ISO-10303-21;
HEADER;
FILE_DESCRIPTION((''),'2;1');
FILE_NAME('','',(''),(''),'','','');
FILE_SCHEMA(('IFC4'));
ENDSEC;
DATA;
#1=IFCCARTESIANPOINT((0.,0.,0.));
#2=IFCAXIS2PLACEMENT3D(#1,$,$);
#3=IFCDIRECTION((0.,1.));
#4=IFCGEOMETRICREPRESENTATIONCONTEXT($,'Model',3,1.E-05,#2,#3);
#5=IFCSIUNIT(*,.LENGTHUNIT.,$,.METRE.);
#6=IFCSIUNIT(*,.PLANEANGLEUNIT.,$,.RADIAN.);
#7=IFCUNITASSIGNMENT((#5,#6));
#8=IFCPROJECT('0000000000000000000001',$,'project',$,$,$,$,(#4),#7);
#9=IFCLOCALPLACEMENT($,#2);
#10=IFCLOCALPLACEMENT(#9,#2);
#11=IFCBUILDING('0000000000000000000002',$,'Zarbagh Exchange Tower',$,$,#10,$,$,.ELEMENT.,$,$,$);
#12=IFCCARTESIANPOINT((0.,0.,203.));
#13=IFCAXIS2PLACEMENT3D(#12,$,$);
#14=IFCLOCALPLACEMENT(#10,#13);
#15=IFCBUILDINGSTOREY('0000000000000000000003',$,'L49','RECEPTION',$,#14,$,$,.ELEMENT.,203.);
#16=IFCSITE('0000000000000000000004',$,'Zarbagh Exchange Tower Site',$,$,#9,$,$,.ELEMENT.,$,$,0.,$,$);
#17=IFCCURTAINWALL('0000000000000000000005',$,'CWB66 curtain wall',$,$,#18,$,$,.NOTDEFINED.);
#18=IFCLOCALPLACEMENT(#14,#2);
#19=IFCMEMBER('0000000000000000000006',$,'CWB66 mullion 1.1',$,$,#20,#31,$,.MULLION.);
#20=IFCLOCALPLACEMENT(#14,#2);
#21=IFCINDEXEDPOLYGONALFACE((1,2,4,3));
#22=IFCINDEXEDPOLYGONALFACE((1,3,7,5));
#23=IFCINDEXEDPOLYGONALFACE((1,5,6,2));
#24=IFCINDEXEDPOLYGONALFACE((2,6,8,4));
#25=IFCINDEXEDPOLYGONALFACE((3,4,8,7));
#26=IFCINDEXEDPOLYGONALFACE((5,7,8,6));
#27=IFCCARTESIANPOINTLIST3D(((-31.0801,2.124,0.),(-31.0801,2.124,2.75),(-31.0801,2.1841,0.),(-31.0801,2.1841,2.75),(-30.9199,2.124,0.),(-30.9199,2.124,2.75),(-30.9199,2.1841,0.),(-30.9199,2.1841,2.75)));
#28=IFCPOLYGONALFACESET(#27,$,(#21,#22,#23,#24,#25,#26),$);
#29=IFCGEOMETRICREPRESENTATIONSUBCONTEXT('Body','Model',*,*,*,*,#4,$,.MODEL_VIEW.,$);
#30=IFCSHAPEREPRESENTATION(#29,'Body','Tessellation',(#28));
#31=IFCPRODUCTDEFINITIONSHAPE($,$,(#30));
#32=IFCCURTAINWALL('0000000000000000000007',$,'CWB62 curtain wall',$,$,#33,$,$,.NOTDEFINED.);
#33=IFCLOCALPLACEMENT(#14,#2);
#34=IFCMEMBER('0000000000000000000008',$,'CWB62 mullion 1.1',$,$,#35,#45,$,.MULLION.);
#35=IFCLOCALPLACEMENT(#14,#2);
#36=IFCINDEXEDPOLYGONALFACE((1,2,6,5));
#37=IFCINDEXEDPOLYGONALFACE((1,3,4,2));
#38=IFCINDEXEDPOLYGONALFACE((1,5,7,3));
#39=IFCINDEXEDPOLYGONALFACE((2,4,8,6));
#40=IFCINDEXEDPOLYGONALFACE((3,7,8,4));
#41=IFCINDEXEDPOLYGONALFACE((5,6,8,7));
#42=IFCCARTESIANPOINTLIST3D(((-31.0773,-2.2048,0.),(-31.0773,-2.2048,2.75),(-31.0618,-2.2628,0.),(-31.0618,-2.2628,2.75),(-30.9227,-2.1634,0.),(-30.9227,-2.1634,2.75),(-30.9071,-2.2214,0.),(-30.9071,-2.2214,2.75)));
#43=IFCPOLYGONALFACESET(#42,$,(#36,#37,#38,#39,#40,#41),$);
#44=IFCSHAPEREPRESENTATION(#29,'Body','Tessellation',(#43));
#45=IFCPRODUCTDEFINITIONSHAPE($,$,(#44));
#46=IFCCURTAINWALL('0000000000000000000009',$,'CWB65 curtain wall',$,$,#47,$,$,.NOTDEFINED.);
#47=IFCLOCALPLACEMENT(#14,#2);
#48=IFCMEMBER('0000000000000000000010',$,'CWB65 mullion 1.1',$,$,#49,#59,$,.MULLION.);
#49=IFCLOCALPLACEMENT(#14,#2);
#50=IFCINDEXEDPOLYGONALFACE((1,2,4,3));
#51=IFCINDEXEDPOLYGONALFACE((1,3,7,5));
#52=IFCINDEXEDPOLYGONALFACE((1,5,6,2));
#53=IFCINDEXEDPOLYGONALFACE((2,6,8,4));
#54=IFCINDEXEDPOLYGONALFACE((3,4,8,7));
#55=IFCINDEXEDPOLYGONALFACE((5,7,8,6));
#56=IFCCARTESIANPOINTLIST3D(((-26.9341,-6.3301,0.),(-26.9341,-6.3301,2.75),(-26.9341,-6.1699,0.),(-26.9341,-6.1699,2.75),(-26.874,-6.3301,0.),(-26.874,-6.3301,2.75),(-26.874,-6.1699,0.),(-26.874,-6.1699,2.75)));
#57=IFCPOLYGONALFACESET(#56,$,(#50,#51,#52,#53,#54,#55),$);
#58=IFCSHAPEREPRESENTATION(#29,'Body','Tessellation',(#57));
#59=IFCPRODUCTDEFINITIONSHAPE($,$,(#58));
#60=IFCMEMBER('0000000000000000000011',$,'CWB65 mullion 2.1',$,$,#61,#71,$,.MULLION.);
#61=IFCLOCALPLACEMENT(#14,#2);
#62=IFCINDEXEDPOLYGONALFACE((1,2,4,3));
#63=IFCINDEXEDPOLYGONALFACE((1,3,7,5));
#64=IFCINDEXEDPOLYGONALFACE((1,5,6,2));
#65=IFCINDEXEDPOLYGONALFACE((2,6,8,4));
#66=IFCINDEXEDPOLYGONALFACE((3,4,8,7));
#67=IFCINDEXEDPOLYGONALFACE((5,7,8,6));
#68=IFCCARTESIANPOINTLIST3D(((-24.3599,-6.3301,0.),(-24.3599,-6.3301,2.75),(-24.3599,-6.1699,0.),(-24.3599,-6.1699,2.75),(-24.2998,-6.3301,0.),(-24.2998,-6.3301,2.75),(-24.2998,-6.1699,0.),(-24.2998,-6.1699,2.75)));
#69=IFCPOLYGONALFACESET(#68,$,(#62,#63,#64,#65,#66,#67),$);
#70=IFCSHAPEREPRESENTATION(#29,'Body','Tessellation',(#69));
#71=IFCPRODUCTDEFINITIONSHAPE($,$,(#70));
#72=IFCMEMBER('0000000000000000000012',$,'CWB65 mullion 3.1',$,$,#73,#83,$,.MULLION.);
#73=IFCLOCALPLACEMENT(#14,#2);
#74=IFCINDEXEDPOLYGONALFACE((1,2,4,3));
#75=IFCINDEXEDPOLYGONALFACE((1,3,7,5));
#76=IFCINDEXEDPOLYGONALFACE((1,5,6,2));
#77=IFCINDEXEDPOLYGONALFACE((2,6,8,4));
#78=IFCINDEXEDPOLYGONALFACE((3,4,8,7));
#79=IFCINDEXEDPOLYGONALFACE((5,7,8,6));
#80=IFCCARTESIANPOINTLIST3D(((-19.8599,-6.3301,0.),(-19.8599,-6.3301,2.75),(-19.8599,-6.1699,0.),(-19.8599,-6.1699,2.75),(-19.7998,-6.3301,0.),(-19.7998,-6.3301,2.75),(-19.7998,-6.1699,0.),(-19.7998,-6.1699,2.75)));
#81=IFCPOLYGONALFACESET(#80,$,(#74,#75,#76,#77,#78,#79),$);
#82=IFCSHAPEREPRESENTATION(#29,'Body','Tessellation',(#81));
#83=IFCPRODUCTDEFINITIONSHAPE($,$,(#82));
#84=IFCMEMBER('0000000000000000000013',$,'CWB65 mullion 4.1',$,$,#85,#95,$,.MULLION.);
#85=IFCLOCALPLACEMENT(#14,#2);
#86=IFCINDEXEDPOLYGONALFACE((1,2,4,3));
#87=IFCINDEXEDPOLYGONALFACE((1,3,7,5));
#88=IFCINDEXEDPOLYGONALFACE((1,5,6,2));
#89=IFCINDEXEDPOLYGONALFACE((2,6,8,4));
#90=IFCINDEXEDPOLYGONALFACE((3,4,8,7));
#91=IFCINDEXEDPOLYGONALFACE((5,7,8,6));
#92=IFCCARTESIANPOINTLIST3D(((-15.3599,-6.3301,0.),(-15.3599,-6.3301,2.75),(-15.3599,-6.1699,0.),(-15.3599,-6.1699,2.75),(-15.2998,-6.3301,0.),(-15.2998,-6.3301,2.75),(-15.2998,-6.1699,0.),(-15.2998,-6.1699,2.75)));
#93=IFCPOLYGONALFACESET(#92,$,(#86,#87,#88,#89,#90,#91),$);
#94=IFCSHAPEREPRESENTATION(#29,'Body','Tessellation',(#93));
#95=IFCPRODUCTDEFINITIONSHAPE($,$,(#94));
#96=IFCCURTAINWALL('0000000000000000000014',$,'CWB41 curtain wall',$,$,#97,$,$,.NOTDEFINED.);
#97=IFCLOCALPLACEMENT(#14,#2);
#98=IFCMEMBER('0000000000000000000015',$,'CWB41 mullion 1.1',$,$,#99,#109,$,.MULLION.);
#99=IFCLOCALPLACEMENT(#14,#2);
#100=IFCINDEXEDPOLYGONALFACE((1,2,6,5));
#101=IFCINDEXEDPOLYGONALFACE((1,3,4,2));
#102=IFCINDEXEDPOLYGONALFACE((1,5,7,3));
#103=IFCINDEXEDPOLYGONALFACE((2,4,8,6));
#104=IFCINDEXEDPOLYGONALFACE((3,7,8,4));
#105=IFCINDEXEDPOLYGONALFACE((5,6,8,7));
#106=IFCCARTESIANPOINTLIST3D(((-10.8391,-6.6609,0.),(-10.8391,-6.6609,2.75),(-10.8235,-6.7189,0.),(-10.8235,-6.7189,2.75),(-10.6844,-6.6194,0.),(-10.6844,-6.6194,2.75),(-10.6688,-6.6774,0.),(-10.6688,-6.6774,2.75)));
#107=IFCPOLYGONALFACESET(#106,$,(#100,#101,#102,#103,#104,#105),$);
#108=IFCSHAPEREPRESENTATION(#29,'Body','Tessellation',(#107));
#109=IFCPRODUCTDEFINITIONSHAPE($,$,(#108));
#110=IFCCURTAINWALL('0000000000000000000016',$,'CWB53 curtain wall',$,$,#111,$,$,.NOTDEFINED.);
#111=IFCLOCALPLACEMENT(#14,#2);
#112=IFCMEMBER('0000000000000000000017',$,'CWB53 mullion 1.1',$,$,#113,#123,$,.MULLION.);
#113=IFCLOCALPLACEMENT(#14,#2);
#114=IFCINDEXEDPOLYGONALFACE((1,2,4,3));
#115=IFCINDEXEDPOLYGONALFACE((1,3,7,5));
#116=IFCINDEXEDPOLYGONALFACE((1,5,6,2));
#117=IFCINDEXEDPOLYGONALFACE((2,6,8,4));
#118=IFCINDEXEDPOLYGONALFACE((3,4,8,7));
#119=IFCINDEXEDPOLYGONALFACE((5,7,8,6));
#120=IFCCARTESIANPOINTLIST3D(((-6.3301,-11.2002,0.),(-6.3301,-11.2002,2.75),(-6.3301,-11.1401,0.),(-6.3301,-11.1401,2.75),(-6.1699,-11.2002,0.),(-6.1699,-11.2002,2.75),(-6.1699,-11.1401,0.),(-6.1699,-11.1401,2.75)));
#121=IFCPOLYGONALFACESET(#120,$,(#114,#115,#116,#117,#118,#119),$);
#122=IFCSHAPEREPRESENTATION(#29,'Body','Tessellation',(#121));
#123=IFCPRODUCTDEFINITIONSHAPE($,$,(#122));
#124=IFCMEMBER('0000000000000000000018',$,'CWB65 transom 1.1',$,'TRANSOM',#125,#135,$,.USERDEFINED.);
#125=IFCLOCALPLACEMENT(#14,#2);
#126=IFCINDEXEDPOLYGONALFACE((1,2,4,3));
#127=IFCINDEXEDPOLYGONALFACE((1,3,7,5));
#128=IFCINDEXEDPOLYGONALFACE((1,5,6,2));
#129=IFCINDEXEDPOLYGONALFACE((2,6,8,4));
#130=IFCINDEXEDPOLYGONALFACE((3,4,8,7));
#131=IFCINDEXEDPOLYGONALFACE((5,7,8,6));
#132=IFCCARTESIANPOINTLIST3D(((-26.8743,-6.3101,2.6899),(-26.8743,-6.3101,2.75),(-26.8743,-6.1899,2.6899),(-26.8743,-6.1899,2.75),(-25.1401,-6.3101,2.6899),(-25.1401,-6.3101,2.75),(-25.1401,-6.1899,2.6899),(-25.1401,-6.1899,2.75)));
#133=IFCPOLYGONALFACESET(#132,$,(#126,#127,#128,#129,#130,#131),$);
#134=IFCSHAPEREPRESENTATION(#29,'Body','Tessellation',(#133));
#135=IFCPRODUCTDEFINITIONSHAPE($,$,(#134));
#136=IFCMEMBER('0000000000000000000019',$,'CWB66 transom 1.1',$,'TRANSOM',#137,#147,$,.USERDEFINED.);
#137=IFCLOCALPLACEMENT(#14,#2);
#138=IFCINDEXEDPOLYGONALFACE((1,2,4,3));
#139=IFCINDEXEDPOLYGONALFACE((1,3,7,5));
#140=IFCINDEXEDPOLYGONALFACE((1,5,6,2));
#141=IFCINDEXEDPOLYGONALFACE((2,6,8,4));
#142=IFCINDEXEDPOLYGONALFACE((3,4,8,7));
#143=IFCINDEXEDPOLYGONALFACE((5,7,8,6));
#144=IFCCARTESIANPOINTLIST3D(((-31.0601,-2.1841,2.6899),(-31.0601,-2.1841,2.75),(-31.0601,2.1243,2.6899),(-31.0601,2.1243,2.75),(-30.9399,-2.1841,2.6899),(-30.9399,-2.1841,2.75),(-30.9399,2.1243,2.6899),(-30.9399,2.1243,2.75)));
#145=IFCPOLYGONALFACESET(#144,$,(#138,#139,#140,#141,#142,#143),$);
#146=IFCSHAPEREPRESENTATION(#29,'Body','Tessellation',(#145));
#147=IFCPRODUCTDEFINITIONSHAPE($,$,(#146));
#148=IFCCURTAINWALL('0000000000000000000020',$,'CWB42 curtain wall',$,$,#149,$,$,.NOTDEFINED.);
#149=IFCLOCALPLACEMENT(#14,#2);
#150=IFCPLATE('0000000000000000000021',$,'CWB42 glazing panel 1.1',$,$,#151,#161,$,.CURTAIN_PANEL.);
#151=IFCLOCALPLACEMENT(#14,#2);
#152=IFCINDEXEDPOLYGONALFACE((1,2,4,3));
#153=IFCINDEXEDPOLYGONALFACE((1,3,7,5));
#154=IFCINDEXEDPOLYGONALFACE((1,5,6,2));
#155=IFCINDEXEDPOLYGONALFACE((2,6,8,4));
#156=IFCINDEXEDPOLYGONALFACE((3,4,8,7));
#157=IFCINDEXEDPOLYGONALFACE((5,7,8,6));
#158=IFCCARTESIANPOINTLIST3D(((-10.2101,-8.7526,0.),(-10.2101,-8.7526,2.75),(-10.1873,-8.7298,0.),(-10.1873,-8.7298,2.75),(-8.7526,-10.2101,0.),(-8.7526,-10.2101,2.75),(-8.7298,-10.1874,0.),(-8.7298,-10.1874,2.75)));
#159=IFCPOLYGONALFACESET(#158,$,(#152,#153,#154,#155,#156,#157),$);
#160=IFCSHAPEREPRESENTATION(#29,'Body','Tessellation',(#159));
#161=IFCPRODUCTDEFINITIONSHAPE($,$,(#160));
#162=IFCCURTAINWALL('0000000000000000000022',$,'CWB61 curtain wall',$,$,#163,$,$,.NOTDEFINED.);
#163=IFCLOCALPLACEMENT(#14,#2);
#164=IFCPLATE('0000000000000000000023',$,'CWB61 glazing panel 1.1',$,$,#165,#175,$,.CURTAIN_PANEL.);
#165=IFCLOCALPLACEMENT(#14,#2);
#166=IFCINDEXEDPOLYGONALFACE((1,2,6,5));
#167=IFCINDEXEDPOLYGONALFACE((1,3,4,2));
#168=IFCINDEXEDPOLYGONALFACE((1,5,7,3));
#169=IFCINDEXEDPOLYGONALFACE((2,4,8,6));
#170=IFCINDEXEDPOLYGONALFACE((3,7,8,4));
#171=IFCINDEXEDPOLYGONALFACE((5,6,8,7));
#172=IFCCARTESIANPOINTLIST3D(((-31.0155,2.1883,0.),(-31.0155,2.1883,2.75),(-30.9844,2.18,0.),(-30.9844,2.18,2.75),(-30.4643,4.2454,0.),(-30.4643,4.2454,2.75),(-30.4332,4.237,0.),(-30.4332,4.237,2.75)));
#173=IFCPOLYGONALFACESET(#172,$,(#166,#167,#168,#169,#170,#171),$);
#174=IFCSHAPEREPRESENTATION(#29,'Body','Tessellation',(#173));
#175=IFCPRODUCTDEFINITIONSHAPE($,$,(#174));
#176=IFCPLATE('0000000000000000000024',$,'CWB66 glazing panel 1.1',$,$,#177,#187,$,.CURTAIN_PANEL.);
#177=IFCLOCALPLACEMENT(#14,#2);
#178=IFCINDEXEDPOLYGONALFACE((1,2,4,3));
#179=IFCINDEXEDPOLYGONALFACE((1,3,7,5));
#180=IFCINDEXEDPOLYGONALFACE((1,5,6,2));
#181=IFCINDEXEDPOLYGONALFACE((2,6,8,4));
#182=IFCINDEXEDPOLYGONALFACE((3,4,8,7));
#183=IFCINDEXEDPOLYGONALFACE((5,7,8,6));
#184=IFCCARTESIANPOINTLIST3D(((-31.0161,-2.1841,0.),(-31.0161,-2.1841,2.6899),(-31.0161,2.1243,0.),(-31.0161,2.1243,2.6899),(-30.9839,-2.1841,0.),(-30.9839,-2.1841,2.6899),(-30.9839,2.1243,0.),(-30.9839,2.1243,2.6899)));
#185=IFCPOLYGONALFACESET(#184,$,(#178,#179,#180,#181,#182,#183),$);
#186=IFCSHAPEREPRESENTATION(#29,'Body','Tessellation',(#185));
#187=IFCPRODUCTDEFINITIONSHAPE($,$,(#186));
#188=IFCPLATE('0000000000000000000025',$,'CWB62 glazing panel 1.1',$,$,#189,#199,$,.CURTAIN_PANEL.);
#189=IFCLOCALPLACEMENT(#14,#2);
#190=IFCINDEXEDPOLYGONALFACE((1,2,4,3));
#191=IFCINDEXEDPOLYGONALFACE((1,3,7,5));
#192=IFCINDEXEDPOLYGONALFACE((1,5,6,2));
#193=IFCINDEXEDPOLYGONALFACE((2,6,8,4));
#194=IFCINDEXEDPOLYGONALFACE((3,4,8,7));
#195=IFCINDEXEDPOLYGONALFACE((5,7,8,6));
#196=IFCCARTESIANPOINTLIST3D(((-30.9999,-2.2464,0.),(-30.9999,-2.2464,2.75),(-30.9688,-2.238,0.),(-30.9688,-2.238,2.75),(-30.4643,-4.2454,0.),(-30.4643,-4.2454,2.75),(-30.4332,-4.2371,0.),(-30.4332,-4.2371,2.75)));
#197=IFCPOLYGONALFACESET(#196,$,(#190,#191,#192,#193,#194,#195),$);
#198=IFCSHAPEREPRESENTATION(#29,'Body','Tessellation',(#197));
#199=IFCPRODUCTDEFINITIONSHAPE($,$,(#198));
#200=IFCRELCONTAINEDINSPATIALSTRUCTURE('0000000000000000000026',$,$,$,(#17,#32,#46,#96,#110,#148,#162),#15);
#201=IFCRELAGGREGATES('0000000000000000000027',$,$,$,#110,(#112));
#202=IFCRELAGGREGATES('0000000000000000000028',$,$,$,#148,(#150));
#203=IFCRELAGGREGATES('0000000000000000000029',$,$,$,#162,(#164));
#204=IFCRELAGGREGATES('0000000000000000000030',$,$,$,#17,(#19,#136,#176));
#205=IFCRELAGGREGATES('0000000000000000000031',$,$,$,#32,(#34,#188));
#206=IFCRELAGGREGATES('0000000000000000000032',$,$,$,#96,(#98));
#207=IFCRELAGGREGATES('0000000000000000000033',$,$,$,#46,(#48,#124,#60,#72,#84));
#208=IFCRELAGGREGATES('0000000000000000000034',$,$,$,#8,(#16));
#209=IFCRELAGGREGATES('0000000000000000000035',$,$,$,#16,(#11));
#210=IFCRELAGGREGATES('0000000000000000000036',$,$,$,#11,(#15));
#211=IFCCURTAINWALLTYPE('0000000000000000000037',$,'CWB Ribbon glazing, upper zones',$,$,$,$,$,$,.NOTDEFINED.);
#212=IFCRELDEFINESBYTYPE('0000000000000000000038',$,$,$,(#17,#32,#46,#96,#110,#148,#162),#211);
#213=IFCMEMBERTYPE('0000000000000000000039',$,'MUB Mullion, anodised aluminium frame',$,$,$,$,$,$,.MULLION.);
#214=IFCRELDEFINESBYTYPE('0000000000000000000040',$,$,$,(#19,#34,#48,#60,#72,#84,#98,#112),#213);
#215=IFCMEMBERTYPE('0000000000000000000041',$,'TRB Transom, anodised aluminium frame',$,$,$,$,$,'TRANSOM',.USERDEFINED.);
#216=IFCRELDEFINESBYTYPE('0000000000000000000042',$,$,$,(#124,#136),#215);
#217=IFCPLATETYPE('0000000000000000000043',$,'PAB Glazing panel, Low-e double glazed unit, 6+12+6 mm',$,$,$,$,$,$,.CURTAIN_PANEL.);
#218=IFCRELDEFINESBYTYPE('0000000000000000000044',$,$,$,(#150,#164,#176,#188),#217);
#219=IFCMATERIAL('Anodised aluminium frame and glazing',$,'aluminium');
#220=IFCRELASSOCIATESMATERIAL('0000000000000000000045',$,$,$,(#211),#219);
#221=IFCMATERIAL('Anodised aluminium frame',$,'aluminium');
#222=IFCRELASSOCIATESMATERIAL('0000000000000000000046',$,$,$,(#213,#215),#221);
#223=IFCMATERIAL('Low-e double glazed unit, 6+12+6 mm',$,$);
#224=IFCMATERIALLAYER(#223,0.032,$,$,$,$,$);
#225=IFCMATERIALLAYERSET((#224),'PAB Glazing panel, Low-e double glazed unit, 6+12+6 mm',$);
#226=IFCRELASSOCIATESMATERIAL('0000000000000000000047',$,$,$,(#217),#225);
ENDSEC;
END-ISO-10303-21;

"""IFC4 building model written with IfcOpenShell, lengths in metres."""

from ifc_helpers import new_model, si_unit, direction, frame, origin, place, context, subcontext, project, spatial, polyline, outline, extrude, source, transform, mapped, material, layer, layer_set, type_object, element, aggregate, save


model = new_model("IFC4")

# Units and contexts
model_context = context("Model", 3, precision=1e-05, world=origin(), true_north=direction((0.0, 1.0)))
body_context = subcontext(model_context, "Body", "Model", "MODEL_VIEW")
ifc_project = project(units=[si_unit("LENGTHUNIT", "METRE"), si_unit("PLANEANGLEUNIT", "RADIAN")], contexts=[model_context])

# Site, building, storey
site_placement = place(None, origin())
site = spatial("IfcSite", under=ifc_project, at=site_placement, Name="Zarbagh Exchange Tower Site", CompositionType="ELEMENT", RefElevation=0.0)
building_placement = place(site_placement, origin())
building = spatial("IfcBuilding", under=site, at=building_placement, Name="Zarbagh Exchange Tower", CompositionType="ELEMENT")
storey_placement = place(building_placement, frame((0.0, 0.0, 203.0)))
storey = spatial("IfcBuildingStorey", under=building, at=storey_placement, Name="L49", Description="RECEPTION", CompositionType="ELEMENT", Elevation=203.0)

# Curtain walls, members
ifc_material_1 = material(Name="Anodised aluminium frame and glazing", Category="aluminium")
curtain_wall_type = type_object("IfcCurtainWallType", Name="CWB Ribbon glazing, upper zones", PredefinedType="NOTDEFINED", material=ifc_material_1)
curtain_wall_1_placement = place(storey_placement, origin())
curtain_wall_1 = element("IfcCurtainWall", 1, at=curtain_wall_1_placement, inside=storey, type_object=curtain_wall_type, Name="CWB66 curtain wall", PredefinedType="NOTDEFINED")
ifc_material_2 = material(Name="Anodised aluminium frame", Category="aluminium")
member_type_1 = type_object("IfcMemberType", Name="MUB Mullion, anodised aluminium frame", PredefinedType="MULLION", material=ifc_material_2)
shared_shape_1 = source(origin(), body_context, "Body", "SweptSolid", [
    extrude(outline(polyline([(0.0, -0.0801), (0.0601, -0.0801), (0.0601, 0.0801), (0.0, 0.0801), (0.0, -0.0801)])), origin(), (0.0, 0.0, 1.0), 2.75),
])
placement = place(storey_placement, origin())
member_1 = element("IfcMember", 2, at=placement, type_object=member_type_1, Name="CWB66 mullion 1.1", PredefinedType="MULLION", context=body_context, shape_type="MappedRepresentation", body=[
    mapped(shared_shape_1, transform((-31.0, 2.1841, 0.0), x_axis=(0.0, -1.0, 0.0), y_axis=(1.0, 0.0, 0.0), z_axis=(0.0, 0.0, 1.0))),
])
curtain_wall_2_placement = place(storey_placement, origin())
curtain_wall_2 = element("IfcCurtainWall", 3, at=curtain_wall_2_placement, inside=storey, type_object=curtain_wall_type, Name="CWB62 curtain wall", PredefinedType="NOTDEFINED")
member_2 = element("IfcMember", 4, at=placement, type_object=member_type_1, Name="CWB62 mullion 1.1", PredefinedType="MULLION", context=body_context, shape_type="MappedRepresentation", body=[
    mapped(shared_shape_1, transform((-31.0, -2.1841, 0.0), x_axis=(0.258825, -0.965924, 0.0), y_axis=(0.965924, 0.258825, 0.0), z_axis=(0.0, 0.0, 1.0))),
])

# Curtain wall, members
curtain_wall_3_placement = place(storey_placement, origin())
curtain_wall_3 = element("IfcCurtainWall", 5, at=curtain_wall_3_placement, inside=storey, type_object=curtain_wall_type, Name="CWB65 curtain wall", PredefinedType="NOTDEFINED")
member_3 = element("IfcMember", 6, at=placement, type_object=member_type_1, Name="CWB65 mullion 1.1", PredefinedType="MULLION", context=body_context, shape_type="MappedRepresentation", body=[
    mapped(shared_shape_1, transform((-26.9341, -6.25, 0.0), x_axis=(1.0, 0.0, 0.0), y_axis=(0.0, 1.0, 0.0), z_axis=(0.0, 0.0, 1.0))),
])
member_4 = element("IfcMember", 7, at=placement, type_object=member_type_1, Name="CWB65 mullion 2.1", PredefinedType="MULLION", context=body_context, shape_type="MappedRepresentation", body=[
    mapped(shared_shape_1, transform((-24.3599, -6.25, 0.0), x_axis=(1.0, 0.0, 0.0), y_axis=(0.0, 1.0, 0.0), z_axis=(0.0, 0.0, 1.0))),
])
member_5 = element("IfcMember", 8, at=placement, type_object=member_type_1, Name="CWB65 mullion 3.1", PredefinedType="MULLION", context=body_context, shape_type="MappedRepresentation", body=[
    mapped(shared_shape_1, transform((-19.8599, -6.25, 0.0), x_axis=(1.0, 0.0, 0.0), y_axis=(0.0, 1.0, 0.0), z_axis=(0.0, 0.0, 1.0))),
])
member_6 = element("IfcMember", 9, at=placement, type_object=member_type_1, Name="CWB65 mullion 4.1", PredefinedType="MULLION", context=body_context, shape_type="MappedRepresentation", body=[
    mapped(shared_shape_1, transform((-15.3599, -6.25, 0.0), x_axis=(1.0, 0.0, 0.0), y_axis=(0.0, 1.0, 0.0), z_axis=(0.0, 0.0, 1.0))),
])

# Curtain walls, members
curtain_wall_4_placement = place(storey_placement, origin())
curtain_wall_4 = element("IfcCurtainWall", 10, at=curtain_wall_4_placement, inside=storey, type_object=curtain_wall_type, Name="CWB41 curtain wall", PredefinedType="NOTDEFINED")
member_7 = element("IfcMember", 11, at=placement, type_object=member_type_1, Name="CWB41 mullion 1.1", PredefinedType="MULLION", context=body_context, shape_type="MappedRepresentation", body=[
    mapped(shared_shape_1, transform((-10.7617, -6.6401, 0.0), x_axis=(0.258825, -0.965924, 0.0), y_axis=(0.965924, 0.258825, 0.0), z_axis=(0.0, 0.0, 1.0))),
])
curtain_wall_5_placement = place(storey_placement, origin())
curtain_wall_5 = element("IfcCurtainWall", 12, at=curtain_wall_5_placement, inside=storey, type_object=curtain_wall_type, Name="CWB53 curtain wall", PredefinedType="NOTDEFINED")
member_8 = element("IfcMember", 13, at=placement, type_object=member_type_1, Name="CWB53 mullion 1.1", PredefinedType="MULLION", context=body_context, shape_type="MappedRepresentation", body=[
    mapped(shared_shape_1, transform((-6.25, -11.1401, 0.0), x_axis=(0.0, -1.0, 0.0), y_axis=(1.0, 0.0, 0.0), z_axis=(0.0, 0.0, 1.0))),
])
aggregate(curtain_wall_5, [member_8])

# Members
member_type_2 = type_object("IfcMemberType", Name="TRB Transom, anodised aluminium frame", ElementType="TRANSOM", PredefinedType="USERDEFINED", material=ifc_material_2)
shared_shape_2 = source(origin(), body_context, "Body", "SweptSolid", [
    extrude(outline(polyline([(-0.0601, -0.0601), (0.0, -0.0601), (0.0, 0.0601), (-0.0601, 0.0601), (-0.0601, -0.0601)])), origin(), (0.0, 0.0, 1.0), 1.7341),
])
member_9 = element("IfcMember", 14, at=placement, type_object=member_type_2, Name="CWB65 transom 1.1", ObjectType="TRANSOM", PredefinedType="USERDEFINED", context=body_context, shape_type="MappedRepresentation", body=[
    mapped(shared_shape_2, transform((-26.8743, -6.25, 2.75), x_axis=(0.0, 0.0, 1.0), y_axis=(0.0, -1.0, 0.0), z_axis=(1.0, 0.0, 0.0))),
])
shared_shape_3 = source(origin(), body_context, "Body", "SweptSolid", [
    extrude(outline(polyline([(-0.0601, -0.0601), (0.0, -0.0601), (0.0, 0.0601), (-0.0601, 0.0601), (-0.0601, -0.0601)])), origin(), (0.0, 0.0, 1.0), 4.3083),
])
member_10 = element("IfcMember", 15, at=placement, type_object=member_type_2, Name="CWB66 transom 1.1", ObjectType="TRANSOM", PredefinedType="USERDEFINED", context=body_context, shape_type="MappedRepresentation", body=[
    mapped(shared_shape_3, transform((-31.0, 2.1243, 2.75), x_axis=(0.0, 0.0, 1.0), y_axis=(-1.0, 0.0, 0.0), z_axis=(0.0, -1.0, 0.0))),
])

# Curtain walls, plates
curtain_wall_6_placement = place(storey_placement, origin())
curtain_wall_6 = element("IfcCurtainWall", 16, at=curtain_wall_6_placement, inside=storey, type_object=curtain_wall_type, Name="CWB42 curtain wall", PredefinedType="NOTDEFINED")
ifc_material_3 = material(Name="Low-e double glazed unit, 6+12+6 mm")
ifc_layer = layer(ifc_material_3, 0.032)
ifc_layer_set = layer_set([ifc_layer], Name="PAB Glazing panel, Low-e double glazed unit, 6+12+6 mm")
plate_type = type_object("IfcPlateType", Name="PAB Glazing panel, Low-e double glazed unit, 6+12+6 mm", PredefinedType="CURTAIN_PANEL", material=ifc_layer_set)
shared_shape_4 = source(origin(), body_context, "Body", "SweptSolid", [
    extrude(outline(polyline([(0.0, -0.0161), (2.0613, -0.0161), (2.0613, 0.0161), (0.0, 0.0161), (0.0, -0.0161)])), origin(), (0.0, 0.0, 1.0), 2.75),
])
plate_1 = element("IfcPlate", 17, at=placement, type_object=plate_type, Name="CWB42 glazing panel 1.1", PredefinedType="CURTAIN_PANEL", context=body_context, shape_type="MappedRepresentation", body=[
    mapped(shared_shape_4, transform((-10.1987, -8.7412, 0.0), x_axis=(0.707107, -0.707107, 0.0), y_axis=(0.707107, 0.707107, 0.0), z_axis=(0.0, 0.0, 1.0))),
])
aggregate(curtain_wall_6, [plate_1])
curtain_wall_7_placement = place(storey_placement, origin())
curtain_wall_7 = element("IfcCurtainWall", 18, at=curtain_wall_7_placement, inside=storey, type_object=curtain_wall_type, Name="CWB61 curtain wall", PredefinedType="NOTDEFINED")
shared_shape_5 = source(origin(), body_context, "Body", "SweptSolid", [
    extrude(outline(polyline([(0.0, -0.0161), (2.1296, -0.0161), (2.1296, 0.0161), (0.0, 0.0161), (0.0, -0.0161)])), origin(), (0.0, 0.0, 1.0), 2.75),
])
plate_2 = element("IfcPlate", 19, at=placement, type_object=plate_type, Name="CWB61 glazing panel 1.1", PredefinedType="CURTAIN_PANEL", context=body_context, shape_type="MappedRepresentation", body=[
    mapped(shared_shape_5, transform((-30.4487, 4.2412, 0.0), x_axis=(-0.258825, -0.965924, 0.0), y_axis=(0.965924, -0.258825, 0.0), z_axis=(0.0, 0.0, 1.0))),
])
aggregate(curtain_wall_7, [plate_2])

# Plates
shared_shape_6 = source(origin(), body_context, "Body", "SweptSolid", [
    extrude(outline(polyline([(0.0, -0.0161), (4.3083, -0.0161), (4.3083, 0.0161), (0.0, 0.0161), (0.0, -0.0161)])), origin(), (0.0, 0.0, 1.0), 2.6899),
])
plate_3 = element("IfcPlate", 20, at=placement, type_object=plate_type, Name="CWB66 glazing panel 1.1", PredefinedType="CURTAIN_PANEL", context=body_context, shape_type="MappedRepresentation", body=[
    mapped(shared_shape_6, transform((-31.0, 2.1243, 0.0), x_axis=(0.0, -1.0, 0.0), y_axis=(1.0, 0.0, 0.0), z_axis=(0.0, 0.0, 1.0))),
])
aggregate(curtain_wall_1, [member_1, member_10, plate_3])
shared_shape_7 = source(origin(), body_context, "Body", "SweptSolid", [
    extrude(outline(polyline([(0.0, -0.0161), (2.0696, -0.0161), (2.0696, 0.0161), (0.0, 0.0161), (0.0, -0.0161)])), origin(), (0.0, 0.0, 1.0), 2.75),
])
plate_4 = element("IfcPlate", 21, at=placement, type_object=plate_type, Name="CWB62 glazing panel 1.1", PredefinedType="CURTAIN_PANEL", context=body_context, shape_type="MappedRepresentation", body=[
    mapped(shared_shape_7, transform((-30.9844, -2.2422, 0.0), x_axis=(0.258825, -0.965924, 0.0), y_axis=(0.965924, 0.258825, 0.0), z_axis=(0.0, 0.0, 1.0))),
])
aggregate(curtain_wall_2, [member_2, plate_4])
aggregate(curtain_wall_4, [member_7])

aggregate(curtain_wall_3, [member_3, member_9, member_4, member_5, member_6])

save(model, "model.ifc")
